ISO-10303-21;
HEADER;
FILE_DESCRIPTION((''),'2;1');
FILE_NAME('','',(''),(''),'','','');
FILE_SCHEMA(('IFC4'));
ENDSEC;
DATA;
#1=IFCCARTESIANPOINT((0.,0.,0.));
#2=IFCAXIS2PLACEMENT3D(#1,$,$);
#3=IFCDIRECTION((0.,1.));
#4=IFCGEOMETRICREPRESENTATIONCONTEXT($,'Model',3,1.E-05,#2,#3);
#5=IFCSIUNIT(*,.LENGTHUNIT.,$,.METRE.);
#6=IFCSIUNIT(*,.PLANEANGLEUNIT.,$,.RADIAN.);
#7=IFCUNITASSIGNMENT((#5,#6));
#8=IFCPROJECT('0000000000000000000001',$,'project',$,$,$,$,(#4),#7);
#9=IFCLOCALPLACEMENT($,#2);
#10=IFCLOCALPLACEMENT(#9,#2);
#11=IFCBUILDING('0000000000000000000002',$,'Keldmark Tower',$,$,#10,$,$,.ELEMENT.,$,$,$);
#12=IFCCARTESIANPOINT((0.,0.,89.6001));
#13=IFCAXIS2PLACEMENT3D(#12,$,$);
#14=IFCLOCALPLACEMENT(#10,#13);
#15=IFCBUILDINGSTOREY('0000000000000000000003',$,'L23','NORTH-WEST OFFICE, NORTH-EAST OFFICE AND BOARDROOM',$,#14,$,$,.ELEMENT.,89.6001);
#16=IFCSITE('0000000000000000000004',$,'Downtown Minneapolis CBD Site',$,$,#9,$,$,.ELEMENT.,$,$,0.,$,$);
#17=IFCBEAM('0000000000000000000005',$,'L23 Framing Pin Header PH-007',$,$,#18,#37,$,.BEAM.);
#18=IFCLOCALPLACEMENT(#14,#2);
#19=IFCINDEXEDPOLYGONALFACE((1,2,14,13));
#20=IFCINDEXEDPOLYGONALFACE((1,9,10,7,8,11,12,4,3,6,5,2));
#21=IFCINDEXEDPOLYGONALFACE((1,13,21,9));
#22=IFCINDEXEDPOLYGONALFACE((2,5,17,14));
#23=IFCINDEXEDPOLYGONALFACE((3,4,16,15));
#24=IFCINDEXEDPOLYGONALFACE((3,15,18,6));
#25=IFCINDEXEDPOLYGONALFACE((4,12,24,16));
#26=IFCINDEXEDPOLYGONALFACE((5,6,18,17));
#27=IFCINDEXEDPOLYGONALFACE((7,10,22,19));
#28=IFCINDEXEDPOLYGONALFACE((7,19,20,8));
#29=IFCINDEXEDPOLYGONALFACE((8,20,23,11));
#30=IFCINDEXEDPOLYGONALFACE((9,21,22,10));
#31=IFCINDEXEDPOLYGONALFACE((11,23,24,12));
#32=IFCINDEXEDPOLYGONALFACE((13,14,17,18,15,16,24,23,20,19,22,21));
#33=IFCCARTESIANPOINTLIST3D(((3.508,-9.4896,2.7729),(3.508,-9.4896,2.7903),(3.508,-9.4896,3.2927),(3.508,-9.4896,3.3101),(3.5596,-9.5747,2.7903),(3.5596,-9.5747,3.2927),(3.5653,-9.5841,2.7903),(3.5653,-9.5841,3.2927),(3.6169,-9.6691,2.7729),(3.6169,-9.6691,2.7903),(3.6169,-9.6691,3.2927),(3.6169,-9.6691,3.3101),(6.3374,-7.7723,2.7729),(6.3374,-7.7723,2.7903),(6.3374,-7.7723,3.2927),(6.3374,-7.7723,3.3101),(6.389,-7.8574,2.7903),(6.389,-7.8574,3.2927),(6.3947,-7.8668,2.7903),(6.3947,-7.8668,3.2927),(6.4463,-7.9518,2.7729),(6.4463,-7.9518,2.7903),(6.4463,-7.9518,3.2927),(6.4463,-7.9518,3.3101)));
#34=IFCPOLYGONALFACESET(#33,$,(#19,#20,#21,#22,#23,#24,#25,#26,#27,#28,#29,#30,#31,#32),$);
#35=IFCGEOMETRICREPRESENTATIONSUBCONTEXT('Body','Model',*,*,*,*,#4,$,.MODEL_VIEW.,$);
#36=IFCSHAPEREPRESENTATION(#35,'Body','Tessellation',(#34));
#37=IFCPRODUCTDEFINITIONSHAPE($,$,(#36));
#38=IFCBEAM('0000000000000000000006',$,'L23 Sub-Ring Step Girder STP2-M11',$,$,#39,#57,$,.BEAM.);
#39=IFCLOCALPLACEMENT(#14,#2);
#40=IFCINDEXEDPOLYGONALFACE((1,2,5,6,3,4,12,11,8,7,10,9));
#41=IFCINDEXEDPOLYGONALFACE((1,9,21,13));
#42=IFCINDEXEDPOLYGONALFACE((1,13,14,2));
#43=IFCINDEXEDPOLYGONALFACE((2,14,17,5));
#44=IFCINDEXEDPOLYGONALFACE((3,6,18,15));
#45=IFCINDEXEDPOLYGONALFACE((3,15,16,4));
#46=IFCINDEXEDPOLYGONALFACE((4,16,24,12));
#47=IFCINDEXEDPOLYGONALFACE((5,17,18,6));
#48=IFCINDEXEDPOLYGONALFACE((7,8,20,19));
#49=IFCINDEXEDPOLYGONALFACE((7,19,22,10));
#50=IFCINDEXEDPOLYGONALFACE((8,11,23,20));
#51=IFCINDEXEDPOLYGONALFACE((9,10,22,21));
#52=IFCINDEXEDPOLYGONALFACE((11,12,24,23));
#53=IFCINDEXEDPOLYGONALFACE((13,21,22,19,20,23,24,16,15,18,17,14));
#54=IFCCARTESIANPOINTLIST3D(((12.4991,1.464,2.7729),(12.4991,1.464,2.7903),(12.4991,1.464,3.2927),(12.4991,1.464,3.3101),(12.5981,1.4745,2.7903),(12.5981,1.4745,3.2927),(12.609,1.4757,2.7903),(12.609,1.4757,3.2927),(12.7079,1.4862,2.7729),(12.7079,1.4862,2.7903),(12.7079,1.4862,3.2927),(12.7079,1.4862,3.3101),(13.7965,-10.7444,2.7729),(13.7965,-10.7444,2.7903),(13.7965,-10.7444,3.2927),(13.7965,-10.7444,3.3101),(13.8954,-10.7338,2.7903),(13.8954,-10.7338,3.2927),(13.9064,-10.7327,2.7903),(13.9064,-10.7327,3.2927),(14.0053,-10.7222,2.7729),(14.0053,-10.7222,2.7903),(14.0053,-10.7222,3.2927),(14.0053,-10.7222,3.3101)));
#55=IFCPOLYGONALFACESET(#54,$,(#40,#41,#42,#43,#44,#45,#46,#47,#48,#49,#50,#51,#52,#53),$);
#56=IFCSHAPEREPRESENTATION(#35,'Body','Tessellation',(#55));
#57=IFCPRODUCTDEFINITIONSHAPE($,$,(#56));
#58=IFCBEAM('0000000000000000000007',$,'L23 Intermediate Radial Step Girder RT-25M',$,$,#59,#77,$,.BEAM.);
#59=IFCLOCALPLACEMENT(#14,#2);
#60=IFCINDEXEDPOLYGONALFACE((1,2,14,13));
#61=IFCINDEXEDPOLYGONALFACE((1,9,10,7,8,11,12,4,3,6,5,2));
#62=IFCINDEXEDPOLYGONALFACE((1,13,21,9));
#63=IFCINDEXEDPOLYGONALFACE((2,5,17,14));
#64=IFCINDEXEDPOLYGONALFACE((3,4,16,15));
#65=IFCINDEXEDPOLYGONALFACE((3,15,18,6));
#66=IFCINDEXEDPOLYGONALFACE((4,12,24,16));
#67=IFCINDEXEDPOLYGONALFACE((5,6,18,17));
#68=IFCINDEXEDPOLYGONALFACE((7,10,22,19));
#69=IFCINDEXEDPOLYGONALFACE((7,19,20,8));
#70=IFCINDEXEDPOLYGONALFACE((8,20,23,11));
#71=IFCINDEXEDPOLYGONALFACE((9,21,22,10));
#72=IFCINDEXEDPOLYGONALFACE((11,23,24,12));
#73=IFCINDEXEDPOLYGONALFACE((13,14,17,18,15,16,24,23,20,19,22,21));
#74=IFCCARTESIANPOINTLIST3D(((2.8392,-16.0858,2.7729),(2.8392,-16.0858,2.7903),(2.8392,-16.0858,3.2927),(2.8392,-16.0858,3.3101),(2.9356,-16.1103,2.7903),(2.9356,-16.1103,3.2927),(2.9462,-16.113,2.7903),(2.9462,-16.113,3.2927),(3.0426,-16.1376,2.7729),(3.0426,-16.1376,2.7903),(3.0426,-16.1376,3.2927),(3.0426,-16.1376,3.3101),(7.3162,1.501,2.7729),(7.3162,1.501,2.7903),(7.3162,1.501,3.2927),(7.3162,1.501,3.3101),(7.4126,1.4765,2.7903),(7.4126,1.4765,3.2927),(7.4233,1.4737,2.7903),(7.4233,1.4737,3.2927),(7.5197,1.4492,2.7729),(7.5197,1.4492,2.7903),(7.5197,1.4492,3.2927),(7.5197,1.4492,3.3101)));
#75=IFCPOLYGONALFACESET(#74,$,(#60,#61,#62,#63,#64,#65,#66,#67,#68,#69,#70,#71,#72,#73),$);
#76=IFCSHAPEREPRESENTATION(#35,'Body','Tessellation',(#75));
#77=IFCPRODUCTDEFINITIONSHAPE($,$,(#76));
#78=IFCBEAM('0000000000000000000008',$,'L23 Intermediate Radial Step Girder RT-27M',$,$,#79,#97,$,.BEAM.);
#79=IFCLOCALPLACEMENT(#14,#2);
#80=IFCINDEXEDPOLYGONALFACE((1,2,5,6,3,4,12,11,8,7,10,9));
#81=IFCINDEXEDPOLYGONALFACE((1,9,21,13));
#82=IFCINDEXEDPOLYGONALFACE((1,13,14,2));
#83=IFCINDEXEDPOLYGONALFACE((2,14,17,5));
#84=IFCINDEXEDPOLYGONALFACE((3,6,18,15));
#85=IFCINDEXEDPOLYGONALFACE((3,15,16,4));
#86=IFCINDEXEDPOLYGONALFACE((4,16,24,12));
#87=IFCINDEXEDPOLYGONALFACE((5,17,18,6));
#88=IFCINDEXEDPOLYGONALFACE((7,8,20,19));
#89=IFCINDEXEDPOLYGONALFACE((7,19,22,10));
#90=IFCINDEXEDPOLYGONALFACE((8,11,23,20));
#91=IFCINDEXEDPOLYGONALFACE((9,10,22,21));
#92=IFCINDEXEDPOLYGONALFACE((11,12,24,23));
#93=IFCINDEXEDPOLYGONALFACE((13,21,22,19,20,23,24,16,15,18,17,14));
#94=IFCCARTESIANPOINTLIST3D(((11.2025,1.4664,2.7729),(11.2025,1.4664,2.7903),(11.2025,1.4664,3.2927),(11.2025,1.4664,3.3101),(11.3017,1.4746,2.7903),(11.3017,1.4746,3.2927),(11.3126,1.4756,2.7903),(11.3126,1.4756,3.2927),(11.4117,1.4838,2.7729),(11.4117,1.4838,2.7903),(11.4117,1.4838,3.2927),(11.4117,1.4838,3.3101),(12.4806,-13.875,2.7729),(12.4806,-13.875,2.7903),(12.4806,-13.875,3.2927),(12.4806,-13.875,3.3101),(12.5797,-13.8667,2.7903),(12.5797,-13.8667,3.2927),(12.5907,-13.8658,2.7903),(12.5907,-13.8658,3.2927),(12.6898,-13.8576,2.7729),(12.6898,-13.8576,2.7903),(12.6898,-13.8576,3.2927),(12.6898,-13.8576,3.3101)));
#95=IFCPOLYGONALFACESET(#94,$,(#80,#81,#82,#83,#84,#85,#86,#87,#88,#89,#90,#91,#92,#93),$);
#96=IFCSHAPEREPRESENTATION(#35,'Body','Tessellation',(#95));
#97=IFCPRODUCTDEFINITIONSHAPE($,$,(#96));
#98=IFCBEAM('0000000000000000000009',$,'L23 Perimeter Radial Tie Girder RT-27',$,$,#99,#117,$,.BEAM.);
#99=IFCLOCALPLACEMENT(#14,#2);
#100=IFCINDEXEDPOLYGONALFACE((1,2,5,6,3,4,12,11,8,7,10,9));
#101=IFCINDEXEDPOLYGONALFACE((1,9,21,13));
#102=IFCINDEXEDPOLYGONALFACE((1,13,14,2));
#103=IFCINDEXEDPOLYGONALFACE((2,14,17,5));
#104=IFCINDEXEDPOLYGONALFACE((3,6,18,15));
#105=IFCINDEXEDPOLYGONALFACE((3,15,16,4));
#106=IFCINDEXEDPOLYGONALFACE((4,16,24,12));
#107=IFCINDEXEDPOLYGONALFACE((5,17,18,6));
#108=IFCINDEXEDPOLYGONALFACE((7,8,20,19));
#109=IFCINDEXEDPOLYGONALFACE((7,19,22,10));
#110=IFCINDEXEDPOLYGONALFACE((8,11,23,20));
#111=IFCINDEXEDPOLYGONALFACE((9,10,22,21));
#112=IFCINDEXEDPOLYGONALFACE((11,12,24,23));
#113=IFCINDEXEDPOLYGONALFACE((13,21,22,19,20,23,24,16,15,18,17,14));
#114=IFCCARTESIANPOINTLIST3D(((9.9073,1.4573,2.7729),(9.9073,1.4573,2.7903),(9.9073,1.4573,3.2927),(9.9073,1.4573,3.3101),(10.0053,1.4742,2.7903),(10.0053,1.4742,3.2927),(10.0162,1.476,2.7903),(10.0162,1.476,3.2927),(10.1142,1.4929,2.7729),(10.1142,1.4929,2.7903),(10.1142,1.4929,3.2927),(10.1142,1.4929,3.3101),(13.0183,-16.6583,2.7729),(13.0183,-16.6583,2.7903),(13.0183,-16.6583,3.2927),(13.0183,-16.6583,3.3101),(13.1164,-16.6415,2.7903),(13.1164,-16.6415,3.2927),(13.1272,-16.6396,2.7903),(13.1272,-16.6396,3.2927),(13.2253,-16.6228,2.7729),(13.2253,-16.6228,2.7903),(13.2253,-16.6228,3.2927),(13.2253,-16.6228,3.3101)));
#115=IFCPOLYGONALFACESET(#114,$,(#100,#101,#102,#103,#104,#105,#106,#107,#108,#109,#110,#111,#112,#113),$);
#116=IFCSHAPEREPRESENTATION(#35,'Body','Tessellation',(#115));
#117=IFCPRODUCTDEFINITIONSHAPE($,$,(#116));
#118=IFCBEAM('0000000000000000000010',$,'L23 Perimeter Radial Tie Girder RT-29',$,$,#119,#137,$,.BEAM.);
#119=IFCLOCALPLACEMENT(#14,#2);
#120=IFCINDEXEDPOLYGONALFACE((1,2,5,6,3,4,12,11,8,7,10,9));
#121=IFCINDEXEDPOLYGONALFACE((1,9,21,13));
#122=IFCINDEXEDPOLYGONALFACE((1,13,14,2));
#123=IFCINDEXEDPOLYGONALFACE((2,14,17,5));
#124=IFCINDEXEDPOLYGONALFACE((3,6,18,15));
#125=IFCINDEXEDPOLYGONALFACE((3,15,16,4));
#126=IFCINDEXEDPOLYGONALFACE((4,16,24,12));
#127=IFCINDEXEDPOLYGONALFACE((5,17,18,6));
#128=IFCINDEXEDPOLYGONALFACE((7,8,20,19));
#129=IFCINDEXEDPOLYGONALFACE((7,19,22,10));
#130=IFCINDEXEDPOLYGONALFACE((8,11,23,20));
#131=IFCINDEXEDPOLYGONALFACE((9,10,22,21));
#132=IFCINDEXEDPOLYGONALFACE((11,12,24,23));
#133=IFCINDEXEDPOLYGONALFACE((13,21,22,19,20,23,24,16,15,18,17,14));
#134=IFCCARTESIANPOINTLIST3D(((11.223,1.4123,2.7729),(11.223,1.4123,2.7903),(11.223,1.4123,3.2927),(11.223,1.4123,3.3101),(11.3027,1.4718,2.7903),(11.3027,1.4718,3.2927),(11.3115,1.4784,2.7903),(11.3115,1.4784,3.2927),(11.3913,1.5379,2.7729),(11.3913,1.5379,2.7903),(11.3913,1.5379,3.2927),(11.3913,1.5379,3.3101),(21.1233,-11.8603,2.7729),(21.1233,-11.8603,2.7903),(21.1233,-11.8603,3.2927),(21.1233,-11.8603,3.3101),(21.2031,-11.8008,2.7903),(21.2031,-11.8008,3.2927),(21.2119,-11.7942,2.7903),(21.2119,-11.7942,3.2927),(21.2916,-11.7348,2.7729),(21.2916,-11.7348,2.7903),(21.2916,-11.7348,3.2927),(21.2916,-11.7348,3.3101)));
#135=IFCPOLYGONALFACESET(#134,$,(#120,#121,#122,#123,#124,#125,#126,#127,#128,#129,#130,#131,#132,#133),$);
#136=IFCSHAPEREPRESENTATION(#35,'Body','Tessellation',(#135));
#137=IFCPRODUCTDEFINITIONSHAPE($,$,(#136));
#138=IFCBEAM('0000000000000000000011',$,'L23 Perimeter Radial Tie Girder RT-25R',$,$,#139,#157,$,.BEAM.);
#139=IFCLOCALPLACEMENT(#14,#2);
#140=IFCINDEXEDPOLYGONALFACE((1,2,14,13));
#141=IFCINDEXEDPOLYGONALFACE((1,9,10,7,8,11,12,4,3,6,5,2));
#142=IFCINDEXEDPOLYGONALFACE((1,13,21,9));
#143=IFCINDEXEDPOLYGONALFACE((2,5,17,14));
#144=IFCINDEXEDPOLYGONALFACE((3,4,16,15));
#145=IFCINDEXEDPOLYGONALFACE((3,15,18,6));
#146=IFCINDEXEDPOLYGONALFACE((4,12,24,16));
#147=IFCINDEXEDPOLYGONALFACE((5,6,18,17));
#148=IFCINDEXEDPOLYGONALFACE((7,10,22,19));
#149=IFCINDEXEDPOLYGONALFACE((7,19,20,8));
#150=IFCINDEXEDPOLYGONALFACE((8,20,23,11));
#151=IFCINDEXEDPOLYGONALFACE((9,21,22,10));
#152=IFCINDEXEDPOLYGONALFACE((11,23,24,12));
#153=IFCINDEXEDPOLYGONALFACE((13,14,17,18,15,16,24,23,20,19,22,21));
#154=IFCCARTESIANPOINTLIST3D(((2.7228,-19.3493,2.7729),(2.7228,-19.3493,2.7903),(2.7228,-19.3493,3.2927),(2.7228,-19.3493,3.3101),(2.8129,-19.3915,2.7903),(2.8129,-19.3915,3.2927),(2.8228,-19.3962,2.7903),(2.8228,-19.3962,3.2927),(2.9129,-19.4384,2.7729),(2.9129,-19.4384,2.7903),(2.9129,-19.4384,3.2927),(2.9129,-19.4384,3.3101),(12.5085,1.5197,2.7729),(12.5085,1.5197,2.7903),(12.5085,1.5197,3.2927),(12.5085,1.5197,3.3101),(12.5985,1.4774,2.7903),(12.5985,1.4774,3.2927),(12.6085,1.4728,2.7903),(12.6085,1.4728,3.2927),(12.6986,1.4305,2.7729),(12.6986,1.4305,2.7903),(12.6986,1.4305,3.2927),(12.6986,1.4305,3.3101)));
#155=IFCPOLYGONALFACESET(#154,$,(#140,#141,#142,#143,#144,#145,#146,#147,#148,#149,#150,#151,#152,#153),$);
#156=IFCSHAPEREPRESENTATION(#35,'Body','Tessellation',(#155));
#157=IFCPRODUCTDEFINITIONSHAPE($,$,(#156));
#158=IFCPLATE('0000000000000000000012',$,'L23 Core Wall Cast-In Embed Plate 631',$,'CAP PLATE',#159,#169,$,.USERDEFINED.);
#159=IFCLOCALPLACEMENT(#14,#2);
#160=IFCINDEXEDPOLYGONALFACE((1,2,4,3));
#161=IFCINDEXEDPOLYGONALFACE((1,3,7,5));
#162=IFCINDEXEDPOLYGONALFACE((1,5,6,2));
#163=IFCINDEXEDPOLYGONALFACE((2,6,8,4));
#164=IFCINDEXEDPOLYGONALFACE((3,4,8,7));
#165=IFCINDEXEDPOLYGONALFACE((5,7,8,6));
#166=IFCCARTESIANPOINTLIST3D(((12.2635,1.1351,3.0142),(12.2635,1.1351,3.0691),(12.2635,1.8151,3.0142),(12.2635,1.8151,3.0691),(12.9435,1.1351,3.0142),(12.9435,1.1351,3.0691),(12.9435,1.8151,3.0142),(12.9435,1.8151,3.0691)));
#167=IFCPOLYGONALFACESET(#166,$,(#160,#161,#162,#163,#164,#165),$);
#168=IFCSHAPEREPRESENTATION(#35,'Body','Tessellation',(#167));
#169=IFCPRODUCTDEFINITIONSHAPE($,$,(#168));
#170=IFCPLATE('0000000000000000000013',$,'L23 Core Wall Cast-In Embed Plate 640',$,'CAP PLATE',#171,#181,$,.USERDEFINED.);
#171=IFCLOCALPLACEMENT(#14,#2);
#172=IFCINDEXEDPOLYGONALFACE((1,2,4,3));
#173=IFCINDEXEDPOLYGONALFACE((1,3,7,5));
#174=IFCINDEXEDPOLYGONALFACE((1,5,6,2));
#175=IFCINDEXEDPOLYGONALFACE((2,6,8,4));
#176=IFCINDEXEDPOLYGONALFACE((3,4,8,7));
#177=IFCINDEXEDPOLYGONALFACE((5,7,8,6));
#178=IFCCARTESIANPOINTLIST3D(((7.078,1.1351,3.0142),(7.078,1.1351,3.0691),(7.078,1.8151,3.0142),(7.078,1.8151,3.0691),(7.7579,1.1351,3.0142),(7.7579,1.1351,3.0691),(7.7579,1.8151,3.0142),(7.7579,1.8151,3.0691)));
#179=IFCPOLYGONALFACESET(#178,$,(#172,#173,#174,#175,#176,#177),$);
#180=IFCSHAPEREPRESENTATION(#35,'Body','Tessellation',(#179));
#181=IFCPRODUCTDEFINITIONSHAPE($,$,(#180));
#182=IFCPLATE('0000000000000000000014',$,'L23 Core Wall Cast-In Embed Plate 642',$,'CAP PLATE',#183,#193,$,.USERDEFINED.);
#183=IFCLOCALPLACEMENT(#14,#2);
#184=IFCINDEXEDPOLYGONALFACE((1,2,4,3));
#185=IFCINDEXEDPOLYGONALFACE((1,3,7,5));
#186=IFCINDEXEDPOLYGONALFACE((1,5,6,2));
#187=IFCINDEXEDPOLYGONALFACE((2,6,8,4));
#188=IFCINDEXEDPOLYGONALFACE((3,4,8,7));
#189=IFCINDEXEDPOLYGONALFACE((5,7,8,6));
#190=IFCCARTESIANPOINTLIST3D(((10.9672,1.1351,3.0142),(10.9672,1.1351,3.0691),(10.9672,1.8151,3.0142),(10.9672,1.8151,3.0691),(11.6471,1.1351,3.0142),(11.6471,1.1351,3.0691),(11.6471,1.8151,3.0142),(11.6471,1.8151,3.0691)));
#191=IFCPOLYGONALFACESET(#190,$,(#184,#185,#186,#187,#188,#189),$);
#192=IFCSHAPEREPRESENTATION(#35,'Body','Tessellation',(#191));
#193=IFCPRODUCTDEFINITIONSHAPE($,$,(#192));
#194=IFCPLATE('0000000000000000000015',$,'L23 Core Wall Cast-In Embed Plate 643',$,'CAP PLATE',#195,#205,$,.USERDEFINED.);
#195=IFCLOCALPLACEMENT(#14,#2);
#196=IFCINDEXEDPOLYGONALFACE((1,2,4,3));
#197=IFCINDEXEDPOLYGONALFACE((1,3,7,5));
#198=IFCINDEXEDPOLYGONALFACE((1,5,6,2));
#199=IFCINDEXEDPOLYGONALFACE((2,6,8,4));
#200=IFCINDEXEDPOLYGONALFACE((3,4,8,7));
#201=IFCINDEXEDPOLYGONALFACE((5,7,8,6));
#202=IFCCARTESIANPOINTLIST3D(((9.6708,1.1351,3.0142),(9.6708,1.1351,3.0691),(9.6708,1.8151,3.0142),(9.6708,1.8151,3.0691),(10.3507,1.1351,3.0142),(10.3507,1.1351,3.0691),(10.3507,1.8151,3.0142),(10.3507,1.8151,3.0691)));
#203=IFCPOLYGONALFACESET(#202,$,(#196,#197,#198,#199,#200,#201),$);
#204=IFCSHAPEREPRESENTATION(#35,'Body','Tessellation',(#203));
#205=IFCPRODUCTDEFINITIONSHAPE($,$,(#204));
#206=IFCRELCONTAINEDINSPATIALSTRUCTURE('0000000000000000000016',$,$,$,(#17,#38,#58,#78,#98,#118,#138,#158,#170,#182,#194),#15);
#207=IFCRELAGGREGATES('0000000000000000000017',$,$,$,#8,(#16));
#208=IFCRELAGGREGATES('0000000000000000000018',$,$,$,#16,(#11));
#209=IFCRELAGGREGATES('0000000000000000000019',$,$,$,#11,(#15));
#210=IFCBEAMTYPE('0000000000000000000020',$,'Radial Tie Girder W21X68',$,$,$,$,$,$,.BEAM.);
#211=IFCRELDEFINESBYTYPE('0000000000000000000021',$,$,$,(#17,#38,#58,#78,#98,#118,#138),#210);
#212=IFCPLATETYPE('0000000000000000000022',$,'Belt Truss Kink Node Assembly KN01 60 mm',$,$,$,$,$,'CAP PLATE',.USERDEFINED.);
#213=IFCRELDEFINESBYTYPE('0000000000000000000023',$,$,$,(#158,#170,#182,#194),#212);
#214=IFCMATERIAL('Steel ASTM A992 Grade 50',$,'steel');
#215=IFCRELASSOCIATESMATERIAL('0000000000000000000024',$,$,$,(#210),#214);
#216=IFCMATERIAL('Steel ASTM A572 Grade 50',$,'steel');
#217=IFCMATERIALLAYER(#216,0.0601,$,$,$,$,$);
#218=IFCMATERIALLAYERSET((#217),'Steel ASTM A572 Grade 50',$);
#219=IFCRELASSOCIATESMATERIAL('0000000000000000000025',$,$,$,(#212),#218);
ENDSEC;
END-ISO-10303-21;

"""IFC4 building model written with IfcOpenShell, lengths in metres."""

from ifc_helpers import new_model, si_unit, direction, frame, origin, origin_2d, place, context, subcontext, project, spatial, rectangle, i_section, extrude, material, layer, layer_set, material_profile, profile_set, type_object, element, save


model = new_model("IFC4")

# Units and contexts
model_context = context("Model", 3, precision=1e-05, world=origin(), true_north=direction((0.0, 1.0)))
body_context = subcontext(model_context, "Body", "Model", "MODEL_VIEW")
ifc_project = project(units=[si_unit("LENGTHUNIT", "METRE"), si_unit("PLANEANGLEUNIT", "RADIAN")], contexts=[model_context])

# Site, building, storey
site_placement = place(None, origin())
site = spatial("IfcSite", under=ifc_project, at=site_placement, Name="Downtown Minneapolis CBD Site", CompositionType="ELEMENT", RefElevation=0.0)
building_placement = place(site_placement, origin())
building = spatial("IfcBuilding", under=site, at=building_placement, Name="Keldmark Tower", CompositionType="ELEMENT")
storey_placement = place(building_placement, frame((0.0, 0.0, 89.6001)))
storey = spatial("IfcBuildingStorey", under=building, at=storey_placement, Name="L23", Description="NORTH-WEST OFFICE, NORTH-EAST OFFICE AND BOARDROOM", CompositionType="ELEMENT", Elevation=89.6001)

# Beams
ifc_material_1 = material(Name="Steel ASTM A992 Grade 50", Category="steel")
ifc_material_profile = material_profile(ifc_material_1, i_section(OverallWidth=0.21, OverallDepth=0.5371, WebThickness=0.011, FlangeThickness=0.0173, at=origin_2d()), Name="W21X68")
ifc_profile_set = profile_set([ifc_material_profile], Name="Steel ASTM A992 Grade 50")
beam_type = type_object("IfcBeamType", Name="Radial Tie Girder W21X68", PredefinedType="BEAM", material=ifc_profile_set)
beam_1_placement = place(storey_placement, frame((6.3918, -7.8621, 3.0415), z_axis=(-0.854859, -0.518861, 0.0), x_axis=(0.518861, -0.854859, 0.0)))
element("IfcBeam", 1, at=beam_1_placement, inside=storey, type_object=beam_type, Name="L23 Framing Pin Header PH-007", PredefinedType="BEAM", context=body_context, shape_type="SweptSolid", body=[
    extrude(i_section(OverallWidth=0.21, OverallDepth=0.5371, WebThickness=0.011, FlangeThickness=0.0173, at=origin_2d()), origin(), (0.0, 0.0, 1.0), 3.3098),
])
beam_2_placement = place(storey_placement, frame((12.6035, 1.4751, 3.0415), z_axis=(0.105674, -0.994401, 0.0), x_axis=(0.994401, 0.105674, 0.0)))
element("IfcBeam", 2, at=beam_2_placement, inside=storey, type_object=beam_type, Name="L23 Sub-Ring Step Girder STP2-M11", PredefinedType="BEAM", context=body_context, shape_type="SweptSolid", body=[
    extrude(i_section(OverallWidth=0.21, OverallDepth=0.5371, WebThickness=0.011, FlangeThickness=0.0173, at=origin_2d()), origin(), (0.0, 0.0, 1.0), 12.2771),
])
beam_3_placement = place(storey_placement, frame((7.418, 1.4751, 3.0415), z_axis=(-0.246702, -0.969091, 0.0), x_axis=(0.969091, -0.246702, 0.0)))
element("IfcBeam", 3, at=beam_3_placement, inside=storey, type_object=beam_type, Name="L23 Intermediate Radial Step Girder RT-25M", PredefinedType="BEAM", context=body_context, shape_type="SweptSolid", body=[
    extrude(i_section(OverallWidth=0.21, OverallDepth=0.5371, WebThickness=0.011, FlangeThickness=0.0173, at=origin_2d()), origin(), (0.0, 0.0, 1.0), 18.1477),
])
beam_4_placement = place(storey_placement, frame((11.3071, 1.4751, 3.0415), z_axis=(0.083022, -0.996548, 0.0), x_axis=(0.996548, 0.083022, 0.0)))
element("IfcBeam", 4, at=beam_4_placement, inside=storey, type_object=beam_type, Name="L23 Intermediate Radial Step Girder RT-27M", PredefinedType="BEAM", context=body_context, shape_type="SweptSolid", body=[
    extrude(i_section(OverallWidth=0.21, OverallDepth=0.5371, WebThickness=0.011, FlangeThickness=0.0173, at=origin_2d()), origin(), (0.0, 0.0, 1.0), 15.3945),
])
beam_5_placement = place(storey_placement, frame((10.0107, 1.4751, 3.0415), z_axis=(0.169256, -0.985572, 0.0), x_axis=(0.985572, 0.169256, 0.0)))
element("IfcBeam", 5, at=beam_5_placement, inside=storey, type_object=beam_type, Name="L23 Perimeter Radial Tie Girder RT-27", PredefinedType="BEAM", context=body_context, shape_type="SweptSolid", body=[
    extrude(i_section(OverallWidth=0.21, OverallDepth=0.5371, WebThickness=0.011, FlangeThickness=0.0173, at=origin_2d()), origin(), (0.0, 0.0, 1.0), 18.3809),
])
beam_6_placement = place(storey_placement, frame((11.3071, 1.4751, 3.0415), z_axis=(0.597905, -0.801567, 0.0), x_axis=(0.801567, 0.597905, 0.0)))
element("IfcBeam", 6, at=beam_6_placement, inside=storey, type_object=beam_type, Name="L23 Perimeter Radial Tie Girder RT-29", PredefinedType="BEAM", context=body_context, shape_type="SweptSolid", body=[
    extrude(i_section(OverallWidth=0.21, OverallDepth=0.5371, WebThickness=0.011, FlangeThickness=0.0173, at=origin_2d()), origin(), (0.0, 0.0, 1.0), 16.5583),
])
beam_7_placement = place(storey_placement, frame((12.6035, 1.4751, 3.0415), z_axis=(-0.424553, -0.905403, 0.0), x_axis=(0.905403, -0.424553, 0.0)))
element("IfcBeam", 7, at=beam_7_placement, inside=storey, type_object=beam_type, Name="L23 Perimeter Radial Tie Girder RT-25R", PredefinedType="BEAM", context=body_context, shape_type="SweptSolid", body=[
    extrude(i_section(OverallWidth=0.21, OverallDepth=0.5371, WebThickness=0.011, FlangeThickness=0.0173, at=origin_2d()), origin(), (0.0, 0.0, 1.0), 23.0493),
])

# Plates
ifc_material_2 = material(Name="Steel ASTM A572 Grade 50", Category="steel")
ifc_layer_1 = layer(ifc_material_2, 0.0601)
ifc_layer_set_1 = layer_set([ifc_layer_1], Name="Steel ASTM A572 Grade 50")
plate_type = type_object("IfcPlateType", Name="Belt Truss Kink Node Assembly KN01 60 mm", ElementType="CAP PLATE", PredefinedType="USERDEFINED", material=ifc_layer_set_1)
for number, where, z_axis, x_axis, name in (
    (8, (12.6035, 1.4751, 3.0142), (0.0, 0.0, 1.0), (1.0, 0.0, 0.0), "L23 Core Wall Cast-In Embed Plate 631"),
    (9, (7.418, 1.4751, 3.0142), (0.0, 0.0, 1.0), (1.0, 0.0, 0.0), "L23 Core Wall Cast-In Embed Plate 640"),
    (10, (11.3071, 1.4751, 3.0142), (0.0, 0.0, 1.0), (1.0, 0.0, 0.0), "L23 Core Wall Cast-In Embed Plate 642"),
    (11, (10.0107, 1.4751, 3.0142), (0.0, 0.0, 1.0), (1.0, 0.0, 0.0), "L23 Core Wall Cast-In Embed Plate 643"),
):
    element("IfcPlate", number, at=place(storey_placement, frame(where, z_axis=z_axis, x_axis=x_axis)), inside=storey, type_object=plate_type, Name=name, ObjectType="CAP PLATE", PredefinedType="USERDEFINED", context=body_context, shape_type="SweptSolid", body=[
        extrude(rectangle(XDim=0.6799, YDim=0.6799, at=origin_2d()), origin(), (0.0, 0.0, 1.0), 0.0549),
    ])

save(model, "model.ifc")
